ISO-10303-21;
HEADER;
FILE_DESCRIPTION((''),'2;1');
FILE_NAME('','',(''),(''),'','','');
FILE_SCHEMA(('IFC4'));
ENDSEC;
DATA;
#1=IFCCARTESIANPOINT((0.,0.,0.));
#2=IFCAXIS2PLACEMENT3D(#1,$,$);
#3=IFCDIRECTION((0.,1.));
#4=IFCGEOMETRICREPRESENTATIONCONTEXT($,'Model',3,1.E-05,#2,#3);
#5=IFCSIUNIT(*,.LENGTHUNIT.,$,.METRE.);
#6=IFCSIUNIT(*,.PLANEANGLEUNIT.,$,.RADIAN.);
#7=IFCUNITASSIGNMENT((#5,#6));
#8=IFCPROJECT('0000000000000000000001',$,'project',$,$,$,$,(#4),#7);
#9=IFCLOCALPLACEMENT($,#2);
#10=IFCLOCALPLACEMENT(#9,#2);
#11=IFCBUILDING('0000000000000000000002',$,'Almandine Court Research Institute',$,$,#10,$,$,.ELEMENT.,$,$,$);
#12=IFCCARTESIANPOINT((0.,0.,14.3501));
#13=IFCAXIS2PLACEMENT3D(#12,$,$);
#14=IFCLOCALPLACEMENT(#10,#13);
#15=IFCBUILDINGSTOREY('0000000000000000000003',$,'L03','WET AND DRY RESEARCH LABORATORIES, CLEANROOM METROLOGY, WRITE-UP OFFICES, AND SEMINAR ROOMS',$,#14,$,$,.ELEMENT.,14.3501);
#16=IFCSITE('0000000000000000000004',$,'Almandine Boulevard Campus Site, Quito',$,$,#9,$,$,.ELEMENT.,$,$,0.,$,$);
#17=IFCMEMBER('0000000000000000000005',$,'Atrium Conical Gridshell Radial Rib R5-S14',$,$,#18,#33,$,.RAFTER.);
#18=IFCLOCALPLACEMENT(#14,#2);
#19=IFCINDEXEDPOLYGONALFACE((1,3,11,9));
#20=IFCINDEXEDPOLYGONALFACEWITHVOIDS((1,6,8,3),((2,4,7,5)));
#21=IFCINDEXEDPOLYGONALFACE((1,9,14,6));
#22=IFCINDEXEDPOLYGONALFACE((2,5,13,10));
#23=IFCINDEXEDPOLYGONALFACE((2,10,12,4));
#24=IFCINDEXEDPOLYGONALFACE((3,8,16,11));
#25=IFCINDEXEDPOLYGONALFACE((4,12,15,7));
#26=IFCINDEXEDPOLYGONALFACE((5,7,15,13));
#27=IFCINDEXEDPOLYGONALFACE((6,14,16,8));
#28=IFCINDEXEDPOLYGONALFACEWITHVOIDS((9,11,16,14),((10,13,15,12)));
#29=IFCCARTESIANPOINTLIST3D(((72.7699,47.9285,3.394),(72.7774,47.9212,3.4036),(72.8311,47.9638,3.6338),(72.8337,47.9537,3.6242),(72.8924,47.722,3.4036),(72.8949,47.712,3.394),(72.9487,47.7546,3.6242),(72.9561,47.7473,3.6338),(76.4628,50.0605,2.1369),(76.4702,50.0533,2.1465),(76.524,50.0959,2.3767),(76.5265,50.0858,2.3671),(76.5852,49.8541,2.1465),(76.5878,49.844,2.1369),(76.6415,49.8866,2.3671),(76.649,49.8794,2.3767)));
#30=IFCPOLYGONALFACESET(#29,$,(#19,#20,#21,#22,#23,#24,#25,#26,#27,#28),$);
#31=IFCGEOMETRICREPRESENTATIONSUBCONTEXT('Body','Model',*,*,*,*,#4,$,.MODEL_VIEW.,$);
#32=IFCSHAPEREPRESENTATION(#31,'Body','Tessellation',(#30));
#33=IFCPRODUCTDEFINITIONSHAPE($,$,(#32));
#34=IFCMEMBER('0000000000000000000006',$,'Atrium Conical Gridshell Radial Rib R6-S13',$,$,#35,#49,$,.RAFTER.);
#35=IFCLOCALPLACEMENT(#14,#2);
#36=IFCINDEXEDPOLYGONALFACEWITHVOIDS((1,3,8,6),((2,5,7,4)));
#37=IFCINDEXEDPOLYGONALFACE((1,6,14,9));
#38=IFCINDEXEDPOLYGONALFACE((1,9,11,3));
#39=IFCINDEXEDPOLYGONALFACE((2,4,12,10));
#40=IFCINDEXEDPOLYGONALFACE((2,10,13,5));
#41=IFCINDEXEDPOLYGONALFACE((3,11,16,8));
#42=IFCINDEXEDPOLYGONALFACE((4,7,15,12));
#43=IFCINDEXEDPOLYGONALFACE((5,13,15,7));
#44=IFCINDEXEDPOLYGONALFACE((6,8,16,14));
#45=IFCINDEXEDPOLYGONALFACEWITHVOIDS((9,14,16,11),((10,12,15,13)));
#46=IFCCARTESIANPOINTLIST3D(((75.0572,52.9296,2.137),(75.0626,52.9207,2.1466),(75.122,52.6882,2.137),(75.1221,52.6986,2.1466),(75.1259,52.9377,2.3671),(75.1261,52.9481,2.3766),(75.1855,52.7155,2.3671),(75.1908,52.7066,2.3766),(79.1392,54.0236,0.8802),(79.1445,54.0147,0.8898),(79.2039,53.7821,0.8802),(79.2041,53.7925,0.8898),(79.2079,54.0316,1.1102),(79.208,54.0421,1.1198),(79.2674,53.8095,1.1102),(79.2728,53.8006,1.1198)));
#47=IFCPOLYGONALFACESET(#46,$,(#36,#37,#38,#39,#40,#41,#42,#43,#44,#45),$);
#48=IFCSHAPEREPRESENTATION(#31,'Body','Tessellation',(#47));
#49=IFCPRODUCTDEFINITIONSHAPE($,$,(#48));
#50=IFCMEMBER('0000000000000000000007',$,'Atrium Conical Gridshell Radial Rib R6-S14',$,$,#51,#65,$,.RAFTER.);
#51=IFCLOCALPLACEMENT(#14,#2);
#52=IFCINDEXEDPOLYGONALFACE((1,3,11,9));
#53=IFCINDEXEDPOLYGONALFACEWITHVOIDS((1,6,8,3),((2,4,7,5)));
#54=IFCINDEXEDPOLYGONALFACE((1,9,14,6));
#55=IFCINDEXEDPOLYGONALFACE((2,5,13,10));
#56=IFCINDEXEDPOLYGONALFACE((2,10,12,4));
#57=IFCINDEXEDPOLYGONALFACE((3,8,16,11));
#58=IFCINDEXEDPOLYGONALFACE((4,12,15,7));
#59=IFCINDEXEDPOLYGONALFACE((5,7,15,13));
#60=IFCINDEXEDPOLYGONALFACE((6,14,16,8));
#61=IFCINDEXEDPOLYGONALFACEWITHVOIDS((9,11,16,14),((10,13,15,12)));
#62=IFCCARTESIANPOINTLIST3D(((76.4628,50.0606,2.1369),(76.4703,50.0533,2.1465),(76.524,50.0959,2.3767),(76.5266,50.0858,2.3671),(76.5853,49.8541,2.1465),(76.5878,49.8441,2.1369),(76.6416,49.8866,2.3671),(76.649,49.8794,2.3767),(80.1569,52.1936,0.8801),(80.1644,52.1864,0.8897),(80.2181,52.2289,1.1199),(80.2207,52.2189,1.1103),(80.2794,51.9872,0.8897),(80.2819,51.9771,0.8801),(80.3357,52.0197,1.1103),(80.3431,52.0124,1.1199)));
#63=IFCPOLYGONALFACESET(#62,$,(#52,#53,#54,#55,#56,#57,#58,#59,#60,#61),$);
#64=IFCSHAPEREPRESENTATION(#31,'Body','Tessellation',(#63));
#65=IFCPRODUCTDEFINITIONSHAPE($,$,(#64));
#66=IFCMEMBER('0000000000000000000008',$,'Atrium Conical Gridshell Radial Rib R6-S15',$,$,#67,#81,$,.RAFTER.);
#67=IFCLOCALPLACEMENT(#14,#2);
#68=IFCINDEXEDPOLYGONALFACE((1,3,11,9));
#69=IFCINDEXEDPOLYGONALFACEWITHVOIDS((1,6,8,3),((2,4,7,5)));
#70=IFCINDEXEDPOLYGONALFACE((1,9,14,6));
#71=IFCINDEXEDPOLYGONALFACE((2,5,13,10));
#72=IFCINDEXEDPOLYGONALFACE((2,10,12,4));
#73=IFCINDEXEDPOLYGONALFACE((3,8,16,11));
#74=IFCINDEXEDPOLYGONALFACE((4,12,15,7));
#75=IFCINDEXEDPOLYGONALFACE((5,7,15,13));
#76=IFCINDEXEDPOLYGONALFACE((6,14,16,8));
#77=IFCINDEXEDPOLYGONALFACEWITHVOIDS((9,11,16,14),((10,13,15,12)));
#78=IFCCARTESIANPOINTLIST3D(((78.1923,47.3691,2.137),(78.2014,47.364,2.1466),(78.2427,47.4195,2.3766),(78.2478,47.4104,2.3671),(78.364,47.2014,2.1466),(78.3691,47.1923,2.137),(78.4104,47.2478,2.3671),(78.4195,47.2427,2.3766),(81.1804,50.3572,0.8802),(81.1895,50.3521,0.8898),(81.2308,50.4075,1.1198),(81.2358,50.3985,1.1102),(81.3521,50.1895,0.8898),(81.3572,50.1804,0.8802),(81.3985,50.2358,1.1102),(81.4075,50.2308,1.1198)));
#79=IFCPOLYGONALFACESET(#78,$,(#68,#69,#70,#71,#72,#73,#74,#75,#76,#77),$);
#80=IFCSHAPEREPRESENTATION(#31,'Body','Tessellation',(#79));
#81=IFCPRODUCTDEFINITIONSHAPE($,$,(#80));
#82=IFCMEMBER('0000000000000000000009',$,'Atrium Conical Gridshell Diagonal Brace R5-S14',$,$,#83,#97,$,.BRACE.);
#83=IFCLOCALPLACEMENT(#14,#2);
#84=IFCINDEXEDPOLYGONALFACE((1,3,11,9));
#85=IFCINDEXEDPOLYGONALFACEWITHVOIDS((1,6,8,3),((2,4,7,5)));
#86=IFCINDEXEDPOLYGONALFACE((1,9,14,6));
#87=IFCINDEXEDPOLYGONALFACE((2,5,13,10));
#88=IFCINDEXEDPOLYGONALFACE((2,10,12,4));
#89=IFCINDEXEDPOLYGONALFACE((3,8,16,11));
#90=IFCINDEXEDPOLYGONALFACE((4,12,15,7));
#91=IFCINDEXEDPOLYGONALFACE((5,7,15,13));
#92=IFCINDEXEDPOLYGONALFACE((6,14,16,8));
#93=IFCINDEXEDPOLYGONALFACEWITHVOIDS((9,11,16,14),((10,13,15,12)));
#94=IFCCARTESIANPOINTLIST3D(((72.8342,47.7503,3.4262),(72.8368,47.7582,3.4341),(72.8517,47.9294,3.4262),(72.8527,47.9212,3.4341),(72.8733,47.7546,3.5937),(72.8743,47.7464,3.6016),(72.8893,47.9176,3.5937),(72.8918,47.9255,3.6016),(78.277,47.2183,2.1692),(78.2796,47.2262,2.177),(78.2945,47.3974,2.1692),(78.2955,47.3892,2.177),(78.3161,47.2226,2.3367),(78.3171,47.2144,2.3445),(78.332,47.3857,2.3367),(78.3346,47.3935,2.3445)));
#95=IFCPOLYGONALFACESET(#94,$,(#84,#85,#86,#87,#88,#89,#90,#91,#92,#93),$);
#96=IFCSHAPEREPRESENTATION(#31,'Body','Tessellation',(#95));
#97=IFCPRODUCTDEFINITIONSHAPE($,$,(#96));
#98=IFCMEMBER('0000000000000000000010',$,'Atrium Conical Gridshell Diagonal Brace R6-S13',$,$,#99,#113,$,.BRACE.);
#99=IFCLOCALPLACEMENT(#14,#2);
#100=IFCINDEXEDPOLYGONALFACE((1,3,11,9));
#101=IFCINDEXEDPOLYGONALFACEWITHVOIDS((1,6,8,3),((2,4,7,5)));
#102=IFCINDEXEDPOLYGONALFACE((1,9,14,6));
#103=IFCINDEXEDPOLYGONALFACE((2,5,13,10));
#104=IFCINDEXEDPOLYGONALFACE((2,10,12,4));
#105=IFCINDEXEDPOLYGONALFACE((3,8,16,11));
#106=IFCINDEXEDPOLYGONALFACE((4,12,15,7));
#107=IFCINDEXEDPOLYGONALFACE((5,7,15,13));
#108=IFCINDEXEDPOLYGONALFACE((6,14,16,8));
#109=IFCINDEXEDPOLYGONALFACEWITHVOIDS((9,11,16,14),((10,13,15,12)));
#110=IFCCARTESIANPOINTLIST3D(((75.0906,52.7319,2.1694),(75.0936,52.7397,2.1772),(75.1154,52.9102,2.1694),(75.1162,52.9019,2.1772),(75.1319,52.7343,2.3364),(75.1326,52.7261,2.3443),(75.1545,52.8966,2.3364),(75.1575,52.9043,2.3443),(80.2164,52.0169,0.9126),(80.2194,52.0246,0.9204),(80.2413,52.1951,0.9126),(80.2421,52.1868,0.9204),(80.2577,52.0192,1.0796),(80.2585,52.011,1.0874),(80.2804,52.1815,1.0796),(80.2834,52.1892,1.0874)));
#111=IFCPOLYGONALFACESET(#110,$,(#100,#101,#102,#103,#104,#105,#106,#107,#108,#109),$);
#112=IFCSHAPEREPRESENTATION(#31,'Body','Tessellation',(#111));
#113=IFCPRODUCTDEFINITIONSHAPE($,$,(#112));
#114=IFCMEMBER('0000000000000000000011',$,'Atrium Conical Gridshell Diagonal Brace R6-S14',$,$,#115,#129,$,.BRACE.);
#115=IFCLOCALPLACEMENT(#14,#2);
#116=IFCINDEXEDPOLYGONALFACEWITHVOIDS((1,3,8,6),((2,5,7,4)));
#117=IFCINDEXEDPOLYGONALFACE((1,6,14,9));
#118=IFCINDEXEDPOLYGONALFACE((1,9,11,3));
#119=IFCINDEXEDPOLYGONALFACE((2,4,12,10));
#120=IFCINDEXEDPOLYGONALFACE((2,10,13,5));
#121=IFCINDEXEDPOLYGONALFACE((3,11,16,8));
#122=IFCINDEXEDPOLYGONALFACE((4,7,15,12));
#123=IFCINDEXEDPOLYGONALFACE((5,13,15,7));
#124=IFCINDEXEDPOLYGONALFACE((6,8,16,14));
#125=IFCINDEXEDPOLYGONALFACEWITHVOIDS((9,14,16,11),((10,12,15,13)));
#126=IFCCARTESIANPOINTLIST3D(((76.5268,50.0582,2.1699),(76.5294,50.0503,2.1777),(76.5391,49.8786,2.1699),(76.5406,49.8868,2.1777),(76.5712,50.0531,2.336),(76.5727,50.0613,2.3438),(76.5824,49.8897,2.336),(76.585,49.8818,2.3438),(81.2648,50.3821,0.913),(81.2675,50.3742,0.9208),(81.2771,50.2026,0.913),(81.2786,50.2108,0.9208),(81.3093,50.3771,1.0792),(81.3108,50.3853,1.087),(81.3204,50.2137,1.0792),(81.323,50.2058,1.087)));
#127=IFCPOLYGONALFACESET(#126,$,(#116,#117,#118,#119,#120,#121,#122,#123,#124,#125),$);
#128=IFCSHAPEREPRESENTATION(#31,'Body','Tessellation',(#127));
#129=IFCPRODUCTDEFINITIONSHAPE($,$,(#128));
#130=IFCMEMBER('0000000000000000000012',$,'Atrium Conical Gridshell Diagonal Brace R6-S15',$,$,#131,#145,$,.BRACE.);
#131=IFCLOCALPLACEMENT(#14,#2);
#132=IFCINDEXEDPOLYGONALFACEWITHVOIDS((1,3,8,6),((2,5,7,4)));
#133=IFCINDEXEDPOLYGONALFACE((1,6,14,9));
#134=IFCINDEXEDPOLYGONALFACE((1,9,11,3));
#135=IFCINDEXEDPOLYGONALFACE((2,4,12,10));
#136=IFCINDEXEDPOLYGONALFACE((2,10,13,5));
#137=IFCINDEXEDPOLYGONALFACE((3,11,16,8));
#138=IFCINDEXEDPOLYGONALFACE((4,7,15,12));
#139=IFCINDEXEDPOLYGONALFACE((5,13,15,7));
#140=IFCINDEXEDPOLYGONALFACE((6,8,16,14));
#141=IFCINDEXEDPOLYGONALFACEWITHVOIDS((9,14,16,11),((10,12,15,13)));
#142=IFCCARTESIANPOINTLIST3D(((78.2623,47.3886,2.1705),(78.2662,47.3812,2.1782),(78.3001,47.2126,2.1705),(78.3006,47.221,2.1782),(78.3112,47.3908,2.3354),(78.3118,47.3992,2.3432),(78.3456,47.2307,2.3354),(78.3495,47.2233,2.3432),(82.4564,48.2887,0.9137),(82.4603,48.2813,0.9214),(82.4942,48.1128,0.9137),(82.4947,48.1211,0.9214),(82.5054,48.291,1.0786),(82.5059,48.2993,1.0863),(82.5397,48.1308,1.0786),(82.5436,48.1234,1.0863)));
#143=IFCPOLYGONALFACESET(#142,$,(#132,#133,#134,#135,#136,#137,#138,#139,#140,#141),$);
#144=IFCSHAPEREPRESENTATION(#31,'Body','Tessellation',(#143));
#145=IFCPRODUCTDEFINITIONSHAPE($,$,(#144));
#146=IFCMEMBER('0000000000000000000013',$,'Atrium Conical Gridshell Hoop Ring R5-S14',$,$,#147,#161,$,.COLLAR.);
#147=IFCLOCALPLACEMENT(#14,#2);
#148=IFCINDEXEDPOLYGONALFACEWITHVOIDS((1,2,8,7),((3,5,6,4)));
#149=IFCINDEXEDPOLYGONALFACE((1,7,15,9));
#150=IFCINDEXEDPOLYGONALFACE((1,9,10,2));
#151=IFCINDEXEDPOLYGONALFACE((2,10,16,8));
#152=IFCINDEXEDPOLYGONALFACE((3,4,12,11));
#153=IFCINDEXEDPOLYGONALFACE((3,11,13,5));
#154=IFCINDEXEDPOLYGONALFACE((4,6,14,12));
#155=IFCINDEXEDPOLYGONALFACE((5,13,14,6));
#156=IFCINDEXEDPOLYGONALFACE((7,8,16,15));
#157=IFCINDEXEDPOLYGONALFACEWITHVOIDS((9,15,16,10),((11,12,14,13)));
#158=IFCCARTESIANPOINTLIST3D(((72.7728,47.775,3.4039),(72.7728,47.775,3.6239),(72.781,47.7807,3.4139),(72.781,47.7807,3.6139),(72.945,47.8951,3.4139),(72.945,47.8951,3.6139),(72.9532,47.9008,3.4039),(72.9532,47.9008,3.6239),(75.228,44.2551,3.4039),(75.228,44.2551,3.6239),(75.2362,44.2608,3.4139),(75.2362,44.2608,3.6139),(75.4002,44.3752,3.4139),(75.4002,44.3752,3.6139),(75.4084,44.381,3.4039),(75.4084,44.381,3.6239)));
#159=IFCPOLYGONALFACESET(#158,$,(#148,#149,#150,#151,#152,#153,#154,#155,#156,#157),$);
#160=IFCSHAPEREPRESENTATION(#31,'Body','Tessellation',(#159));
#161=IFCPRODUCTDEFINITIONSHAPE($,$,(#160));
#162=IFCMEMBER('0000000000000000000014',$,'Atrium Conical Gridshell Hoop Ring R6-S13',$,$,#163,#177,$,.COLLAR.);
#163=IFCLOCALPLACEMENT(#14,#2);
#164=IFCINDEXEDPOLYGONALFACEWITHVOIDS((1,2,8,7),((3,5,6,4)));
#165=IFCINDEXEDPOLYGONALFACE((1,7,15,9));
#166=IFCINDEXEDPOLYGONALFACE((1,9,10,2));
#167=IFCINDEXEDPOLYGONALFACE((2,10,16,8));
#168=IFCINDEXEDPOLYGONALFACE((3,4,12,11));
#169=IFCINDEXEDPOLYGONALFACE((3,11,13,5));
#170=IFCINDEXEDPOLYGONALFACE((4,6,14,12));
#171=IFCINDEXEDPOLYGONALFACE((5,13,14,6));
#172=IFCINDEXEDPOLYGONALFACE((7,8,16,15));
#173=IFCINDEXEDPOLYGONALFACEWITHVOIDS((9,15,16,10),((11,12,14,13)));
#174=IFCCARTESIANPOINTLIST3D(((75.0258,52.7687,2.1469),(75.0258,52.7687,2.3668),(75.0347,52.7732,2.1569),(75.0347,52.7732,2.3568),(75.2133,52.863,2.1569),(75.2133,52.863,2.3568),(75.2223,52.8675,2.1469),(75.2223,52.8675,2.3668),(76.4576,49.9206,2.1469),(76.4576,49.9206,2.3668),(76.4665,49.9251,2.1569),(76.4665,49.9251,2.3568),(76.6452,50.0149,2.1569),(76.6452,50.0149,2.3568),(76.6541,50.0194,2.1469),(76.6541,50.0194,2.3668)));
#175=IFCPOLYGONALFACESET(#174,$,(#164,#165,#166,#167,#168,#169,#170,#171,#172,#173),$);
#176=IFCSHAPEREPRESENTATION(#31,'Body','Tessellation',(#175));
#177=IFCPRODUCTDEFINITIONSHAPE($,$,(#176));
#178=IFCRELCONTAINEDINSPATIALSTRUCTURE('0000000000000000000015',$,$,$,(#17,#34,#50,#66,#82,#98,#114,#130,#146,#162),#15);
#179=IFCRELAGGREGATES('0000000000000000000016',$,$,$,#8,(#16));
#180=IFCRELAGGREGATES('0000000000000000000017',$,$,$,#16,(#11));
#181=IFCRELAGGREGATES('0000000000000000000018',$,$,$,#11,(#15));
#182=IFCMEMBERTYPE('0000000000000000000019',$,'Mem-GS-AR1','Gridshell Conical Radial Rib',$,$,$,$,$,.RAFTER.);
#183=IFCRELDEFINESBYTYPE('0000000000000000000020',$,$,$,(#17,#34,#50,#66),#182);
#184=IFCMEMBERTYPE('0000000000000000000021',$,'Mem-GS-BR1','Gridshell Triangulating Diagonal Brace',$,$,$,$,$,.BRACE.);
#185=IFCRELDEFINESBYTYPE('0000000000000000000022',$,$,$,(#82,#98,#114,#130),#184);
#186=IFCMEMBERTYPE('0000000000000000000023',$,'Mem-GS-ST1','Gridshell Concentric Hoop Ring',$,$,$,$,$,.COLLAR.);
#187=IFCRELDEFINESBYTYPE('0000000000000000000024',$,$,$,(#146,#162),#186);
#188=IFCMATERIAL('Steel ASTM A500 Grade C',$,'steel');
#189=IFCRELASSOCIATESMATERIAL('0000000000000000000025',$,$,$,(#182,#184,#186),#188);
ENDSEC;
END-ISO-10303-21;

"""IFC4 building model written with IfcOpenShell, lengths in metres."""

from ifc_helpers import new_model, si_unit, direction, frame, origin, origin_2d, place, context, subcontext, project, spatial, hollow_rectangle, extrude, material, material_profile, profile_set, type_object, element, save


model = new_model("IFC4")

# Units and contexts
model_context = context("Model", 3, precision=1e-05, world=origin(), true_north=direction((0.0, 1.0)))
body_context = subcontext(model_context, "Body", "Model", "MODEL_VIEW")
ifc_project = project(units=[si_unit("LENGTHUNIT", "METRE"), si_unit("PLANEANGLEUNIT", "RADIAN")], contexts=[model_context])

# Site, building, storey
site_placement = place(None, origin())
site = spatial("IfcSite", under=ifc_project, at=site_placement, Name="Almandine Boulevard Campus Site, Quito", CompositionType="ELEMENT", RefElevation=0.0)
building_placement = place(site_placement, origin())
building = spatial("IfcBuilding", under=site, at=building_placement, Name="Almandine Court Research Institute", CompositionType="ELEMENT")
storey_placement = place(building_placement, frame((0.0, 0.0, 14.3501)))
storey = spatial("IfcBuildingStorey", under=building, at=storey_placement, Name="L03", Description="WET AND DRY RESEARCH LABORATORIES, CLEANROOM METROLOGY, WRITE-UP OFFICES, AND SEMINAR ROOMS", CompositionType="ELEMENT", Elevation=14.3501)

# Members
ifc_material_1 = material(Name="Steel ASTM A500 Grade C", Category="steel")
ifc_material_profile_1 = material_profile(ifc_material_1, hollow_rectangle(XDim=0.25, YDim=0.25, WallThickness=0.01, at=origin_2d()), Name="HSS 250x250x10")
ifc_profile_set_1 = profile_set([ifc_material_profile_1], Name="Steel ASTM A500 Grade C")
member_type_1 = type_object("IfcMemberType", Name="Mem-GS-AR1", Description="Gridshell Conical Radial Rib", PredefinedType="RAFTER", material=ifc_profile_set_1)
member_1_placement = place(storey_placement, frame((72.863, 47.8379, 3.5139), z_axis=(0.830681, 0.479594, -0.28277), x_axis=(-0.5, 0.866025, 0.0)))
element("IfcMember", 1, at=member_1_placement, inside=storey, type_object=member_type_1, Name="Atrium Conical Gridshell Radial Rib R5-S14", PredefinedType="RAFTER", context=body_context, shape_type="SweptSolid", body=[
    extrude(hollow_rectangle(XDim=0.25, YDim=0.25, WallThickness=0.01, at=origin_2d()), origin(), (0.0, 0.0, 1.0), 4.4456),
])
member_2_placement = place(storey_placement, frame((75.124, 52.8181, 2.2568), z_axis=(0.925837, 0.248126, -0.28506), x_axis=(-0.258867, 0.965913, 0.0)))
element("IfcMember", 2, at=member_2_placement, inside=storey, type_object=member_type_1, Name="Atrium Conical Gridshell Radial Rib R6-S13", PredefinedType="RAFTER", context=body_context, shape_type="SweptSolid", body=[
    extrude(hollow_rectangle(XDim=0.25, YDim=0.25, WallThickness=0.01, at=origin_2d()), origin(), (0.0, 0.0, 1.0), 4.4089),
])
member_3_placement = place(storey_placement, frame((76.5559, 49.97, 2.2568), z_axis=(0.830691, 0.479661, -0.282625), x_axis=(-0.500048, 0.865998, 0.0)))
element("IfcMember", 3, at=member_3_placement, inside=storey, type_object=member_type_1, Name="Atrium Conical Gridshell Radial Rib R6-S14", PredefinedType="RAFTER", context=body_context, shape_type="SweptSolid", body=[
    extrude(hollow_rectangle(XDim=0.25, YDim=0.25, WallThickness=0.01, at=origin_2d()), origin(), (0.0, 0.0, 1.0), 4.447),
])
member_4_placement = place(storey_placement, frame((78.3059, 47.3059, 2.2568), z_axis=(0.677764, 0.677764, -0.285083), x_axis=(-0.707107, 0.707107, 0.0)))
element("IfcMember", 4, at=member_4_placement, inside=storey, type_object=member_type_1, Name="Atrium Conical Gridshell Radial Rib R6-S15", PredefinedType="RAFTER", context=body_context, shape_type="SweptSolid", body=[
    extrude(hollow_rectangle(XDim=0.25, YDim=0.25, WallThickness=0.01, at=origin_2d()), origin(), (0.0, 0.0, 1.0), 4.4087),
])
ifc_material_profile_2 = material_profile(ifc_material_1, hollow_rectangle(XDim=0.1799, YDim=0.1799, WallThickness=0.0081, at=origin_2d()), Name="HSS 180x180x8")
ifc_profile_set_2 = profile_set([ifc_material_profile_2], Name="Steel ASTM A500 Grade C")
member_type_2 = type_object("IfcMemberType", Name="Mem-GS-BR1", Description="Gridshell Triangulating Diagonal Brace", PredefinedType="BRACE", material=ifc_profile_set_2)
member_5_placement = place(storey_placement, frame((72.863, 47.8379, 3.5139), z_axis=(0.969962, -0.094803, -0.224022), x_axis=(0.097276, 0.995257, 0.0)))
element("IfcMember", 5, at=member_5_placement, inside=storey, type_object=member_type_2, Name="Atrium Conical Gridshell Diagonal Brace R5-S14", PredefinedType="BRACE", context=body_context, shape_type="SweptSolid", body=[
    extrude(hollow_rectangle(XDim=0.1799, YDim=0.1799, WallThickness=0.0081, at=origin_2d()), origin(), (0.0, 0.0, 1.0), 5.6113),
])
member_6_placement = place(storey_placement, frame((75.124, 52.8181, 2.2568), z_axis=(0.962438, -0.134263, -0.23598), x_axis=(0.138165, 0.990409, 0.0)))
element("IfcMember", 6, at=member_6_placement, inside=storey, type_object=member_type_2, Name="Atrium Conical Gridshell Diagonal Brace R6-S13", PredefinedType="BRACE", context=body_context, shape_type="SweptSolid", body=[
    extrude(hollow_rectangle(XDim=0.1799, YDim=0.1799, WallThickness=0.0081, at=origin_2d()), origin(), (0.0, 0.0, 1.0), 5.3259),
])
member_7_placement = place(storey_placement, frame((76.5559, 49.97, 2.2568), z_axis=(0.964467, 0.065948, -0.25584), x_axis=(-0.068218, 0.99767, 0.0)))
element("IfcMember", 7, at=member_7_placement, inside=storey, type_object=member_type_2, Name="Atrium Conical Gridshell Diagonal Brace R6-S14", PredefinedType="BRACE", context=body_context, shape_type="SweptSolid", body=[
    extrude(hollow_rectangle(XDim=0.1799, YDim=0.1799, WallThickness=0.0081, at=origin_2d()), origin(), (0.0, 0.0, 1.0), 4.9126),
])
member_8_placement = place(storey_placement, frame((78.3059, 47.3059, 2.2568), z_axis=(0.93829, 0.201378, -0.281176), x_axis=(-0.209844, 0.977735, 0.0)))
element("IfcMember", 8, at=member_8_placement, inside=storey, type_object=member_type_2, Name="Atrium Conical Gridshell Diagonal Brace R6-S15", PredefinedType="BRACE", context=body_context, shape_type="SweptSolid", body=[
    extrude(hollow_rectangle(XDim=0.1799, YDim=0.1799, WallThickness=0.0081, at=origin_2d()), origin(), (0.0, 0.0, 1.0), 4.47),
])
ifc_material_profile_3 = material_profile(ifc_material_1, hollow_rectangle(XDim=0.22, YDim=0.22, WallThickness=0.01, at=origin_2d()), Name="HSS 220x220x10")
ifc_profile_set_3 = profile_set([ifc_material_profile_3], Name="Steel ASTM A500 Grade C")
member_type_3 = type_object("IfcMemberType", Name="Mem-GS-ST1", Description="Gridshell Concentric Hoop Ring", PredefinedType="COLLAR", material=ifc_profile_set_3)
member_9_placement = place(storey_placement, frame((72.863, 47.8379, 3.5139), z_axis=(0.572091, -0.82019, 0.0), x_axis=(0.82019, 0.572091, 0.0)))
element("IfcMember", 9, at=member_9_placement, inside=storey, type_object=member_type_3, Name="Atrium Conical Gridshell Hoop Ring R5-S14", PredefinedType="COLLAR", context=body_context, shape_type="SweptSolid", body=[
    extrude(hollow_rectangle(XDim=0.22, YDim=0.22, WallThickness=0.01, at=origin_2d()), origin(), (0.0, 0.0, 1.0), 4.2915),
])
member_10_placement = place(storey_placement, frame((75.124, 52.8181, 2.2568), z_axis=(0.449173, -0.893445, 0.0), x_axis=(0.893445, 0.449173, 0.0)))
element("IfcMember", 10, at=member_10_placement, inside=storey, type_object=member_type_3, Name="Atrium Conical Gridshell Hoop Ring R6-S13", PredefinedType="COLLAR", context=body_context, shape_type="SweptSolid", body=[
    extrude(hollow_rectangle(XDim=0.22, YDim=0.22, WallThickness=0.01, at=origin_2d()), origin(), (0.0, 0.0, 1.0), 3.1877),
])

save(model, "model.ifc")
